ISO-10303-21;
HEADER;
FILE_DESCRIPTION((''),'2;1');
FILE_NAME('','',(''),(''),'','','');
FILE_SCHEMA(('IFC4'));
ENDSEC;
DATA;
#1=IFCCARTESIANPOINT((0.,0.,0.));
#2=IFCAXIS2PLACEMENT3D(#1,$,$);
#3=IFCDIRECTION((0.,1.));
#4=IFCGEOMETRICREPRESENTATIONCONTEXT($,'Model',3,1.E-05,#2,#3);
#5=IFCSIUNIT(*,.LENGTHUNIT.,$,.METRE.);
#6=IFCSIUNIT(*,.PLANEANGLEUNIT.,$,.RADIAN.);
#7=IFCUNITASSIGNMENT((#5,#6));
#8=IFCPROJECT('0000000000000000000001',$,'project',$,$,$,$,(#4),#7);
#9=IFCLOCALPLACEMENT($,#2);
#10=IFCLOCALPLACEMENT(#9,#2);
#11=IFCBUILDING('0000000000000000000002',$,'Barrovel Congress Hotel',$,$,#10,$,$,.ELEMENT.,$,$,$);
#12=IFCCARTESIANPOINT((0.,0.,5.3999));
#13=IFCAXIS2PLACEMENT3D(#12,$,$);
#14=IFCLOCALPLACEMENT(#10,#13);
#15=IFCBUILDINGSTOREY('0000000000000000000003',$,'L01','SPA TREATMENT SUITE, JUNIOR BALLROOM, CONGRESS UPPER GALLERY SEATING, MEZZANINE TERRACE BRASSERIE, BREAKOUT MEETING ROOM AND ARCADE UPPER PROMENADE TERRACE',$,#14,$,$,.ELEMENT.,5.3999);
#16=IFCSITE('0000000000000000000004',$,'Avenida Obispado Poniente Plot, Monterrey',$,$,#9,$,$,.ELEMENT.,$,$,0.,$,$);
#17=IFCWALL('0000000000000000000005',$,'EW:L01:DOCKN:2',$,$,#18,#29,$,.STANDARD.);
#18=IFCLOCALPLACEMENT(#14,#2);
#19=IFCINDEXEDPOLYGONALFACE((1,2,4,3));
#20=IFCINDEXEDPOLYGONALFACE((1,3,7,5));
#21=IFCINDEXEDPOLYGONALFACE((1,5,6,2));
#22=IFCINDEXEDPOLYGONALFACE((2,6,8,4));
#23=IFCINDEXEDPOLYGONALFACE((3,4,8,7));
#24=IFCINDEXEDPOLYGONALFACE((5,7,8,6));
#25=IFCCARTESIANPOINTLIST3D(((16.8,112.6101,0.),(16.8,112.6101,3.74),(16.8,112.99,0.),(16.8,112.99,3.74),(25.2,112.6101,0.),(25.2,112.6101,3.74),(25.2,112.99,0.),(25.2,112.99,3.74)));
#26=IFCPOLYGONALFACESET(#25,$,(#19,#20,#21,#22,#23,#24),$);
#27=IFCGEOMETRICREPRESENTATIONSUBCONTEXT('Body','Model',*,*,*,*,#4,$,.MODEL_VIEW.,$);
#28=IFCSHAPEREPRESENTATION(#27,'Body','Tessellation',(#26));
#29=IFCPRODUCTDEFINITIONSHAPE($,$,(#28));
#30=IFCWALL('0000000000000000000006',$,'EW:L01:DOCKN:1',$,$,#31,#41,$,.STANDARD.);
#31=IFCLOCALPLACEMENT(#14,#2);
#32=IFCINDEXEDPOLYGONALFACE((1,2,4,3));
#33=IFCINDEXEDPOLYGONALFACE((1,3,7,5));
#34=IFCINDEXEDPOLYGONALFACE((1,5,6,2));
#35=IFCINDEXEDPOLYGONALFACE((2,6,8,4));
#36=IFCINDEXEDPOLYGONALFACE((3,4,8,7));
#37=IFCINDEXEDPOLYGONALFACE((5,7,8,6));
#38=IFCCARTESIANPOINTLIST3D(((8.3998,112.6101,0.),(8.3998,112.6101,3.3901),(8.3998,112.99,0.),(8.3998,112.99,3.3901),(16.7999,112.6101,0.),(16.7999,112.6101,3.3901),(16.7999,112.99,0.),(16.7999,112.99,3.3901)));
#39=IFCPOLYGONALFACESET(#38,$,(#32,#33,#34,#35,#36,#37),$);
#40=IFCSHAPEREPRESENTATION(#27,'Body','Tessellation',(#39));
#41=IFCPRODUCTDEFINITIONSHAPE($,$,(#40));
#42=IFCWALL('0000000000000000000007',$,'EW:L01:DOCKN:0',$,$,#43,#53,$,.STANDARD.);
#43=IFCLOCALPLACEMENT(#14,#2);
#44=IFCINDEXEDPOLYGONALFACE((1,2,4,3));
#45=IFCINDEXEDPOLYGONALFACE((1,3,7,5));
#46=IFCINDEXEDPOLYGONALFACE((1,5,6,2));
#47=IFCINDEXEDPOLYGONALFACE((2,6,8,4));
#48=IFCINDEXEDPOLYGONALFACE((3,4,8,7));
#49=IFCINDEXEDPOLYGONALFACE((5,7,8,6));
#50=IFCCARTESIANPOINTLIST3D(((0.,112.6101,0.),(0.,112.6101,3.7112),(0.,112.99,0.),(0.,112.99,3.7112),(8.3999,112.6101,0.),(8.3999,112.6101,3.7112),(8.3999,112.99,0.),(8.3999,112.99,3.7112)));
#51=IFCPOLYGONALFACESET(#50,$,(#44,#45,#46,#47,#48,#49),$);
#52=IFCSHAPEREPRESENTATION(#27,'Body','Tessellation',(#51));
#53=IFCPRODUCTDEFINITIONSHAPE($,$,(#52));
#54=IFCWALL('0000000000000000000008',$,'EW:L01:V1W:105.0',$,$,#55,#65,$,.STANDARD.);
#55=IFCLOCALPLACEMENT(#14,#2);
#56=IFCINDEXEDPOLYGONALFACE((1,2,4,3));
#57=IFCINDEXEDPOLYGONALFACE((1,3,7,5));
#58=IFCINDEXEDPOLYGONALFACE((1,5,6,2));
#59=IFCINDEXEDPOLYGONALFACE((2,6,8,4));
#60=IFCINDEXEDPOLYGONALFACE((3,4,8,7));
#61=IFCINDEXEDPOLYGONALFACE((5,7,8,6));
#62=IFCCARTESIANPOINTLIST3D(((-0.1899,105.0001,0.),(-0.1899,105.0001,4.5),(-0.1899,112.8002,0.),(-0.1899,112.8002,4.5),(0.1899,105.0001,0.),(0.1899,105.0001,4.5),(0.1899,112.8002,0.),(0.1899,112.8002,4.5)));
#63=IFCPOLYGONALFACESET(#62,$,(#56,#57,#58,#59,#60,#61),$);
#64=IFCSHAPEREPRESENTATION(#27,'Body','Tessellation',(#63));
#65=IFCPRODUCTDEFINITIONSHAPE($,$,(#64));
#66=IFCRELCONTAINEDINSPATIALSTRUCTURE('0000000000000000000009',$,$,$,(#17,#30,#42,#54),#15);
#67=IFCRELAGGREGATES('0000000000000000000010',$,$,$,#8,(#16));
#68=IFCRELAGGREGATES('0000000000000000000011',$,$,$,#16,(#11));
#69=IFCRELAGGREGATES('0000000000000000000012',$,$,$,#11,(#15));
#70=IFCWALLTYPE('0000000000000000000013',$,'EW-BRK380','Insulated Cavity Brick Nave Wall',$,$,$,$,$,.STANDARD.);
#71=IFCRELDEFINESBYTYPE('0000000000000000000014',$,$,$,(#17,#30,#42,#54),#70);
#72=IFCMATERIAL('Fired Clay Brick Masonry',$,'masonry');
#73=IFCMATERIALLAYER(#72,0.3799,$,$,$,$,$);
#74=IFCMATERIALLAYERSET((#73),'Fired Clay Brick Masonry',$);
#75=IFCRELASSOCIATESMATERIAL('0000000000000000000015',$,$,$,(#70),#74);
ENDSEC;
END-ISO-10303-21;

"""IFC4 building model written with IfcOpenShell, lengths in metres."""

from ifc_helpers import new_model, si_unit, direction, frame, frame_2d, origin, place, context, subcontext, project, spatial, rectangle, extrude, material, layer, layer_set, type_object, element, save


model = new_model("IFC4")

# Units and contexts
model_context = context("Model", 3, precision=1e-05, world=origin(), true_north=direction((0.0, 1.0)))
body_context = subcontext(model_context, "Body", "Model", "MODEL_VIEW")
ifc_project = project(units=[si_unit("LENGTHUNIT", "METRE"), si_unit("PLANEANGLEUNIT", "RADIAN")], contexts=[model_context])

# Site, building, storey
site_placement = place(None, origin())
site = spatial("IfcSite", under=ifc_project, at=site_placement, Name="Avenida Obispado Poniente Plot, Monterrey", CompositionType="ELEMENT", RefElevation=0.0)
building_placement = place(site_placement, origin())
building = spatial("IfcBuilding", under=site, at=building_placement, Name="Barrovel Congress Hotel", CompositionType="ELEMENT")
storey_placement = place(building_placement, frame((0.0, 0.0, 5.3999)))
storey = spatial("IfcBuildingStorey", under=building, at=storey_placement, Name="L01", Description="SPA TREATMENT SUITE, JUNIOR BALLROOM, CONGRESS UPPER GALLERY SEATING, MEZZANINE TERRACE BRASSERIE, BREAKOUT MEETING ROOM AND ARCADE UPPER PROMENADE TERRACE", CompositionType="ELEMENT", Elevation=5.3999)

# Walls
ifc_material_1 = material(Name="Fired Clay Brick Masonry", Category="masonry")
ifc_layer_1 = layer(ifc_material_1, 0.3799)
ifc_layer_set_1 = layer_set([ifc_layer_1], Name="Fired Clay Brick Masonry")
wall_type = type_object("IfcWallType", Name="EW-BRK380", Description="Insulated Cavity Brick Nave Wall", PredefinedType="STANDARD", material=ifc_layer_set_1)
wall_1_placement = place(storey_placement, frame((25.2, 112.8, 0.0), z_axis=(0.0, 0.0, 1.0), x_axis=(-1.0, 0.0, 0.0)))
element("IfcWall", 1, at=wall_1_placement, inside=storey, type_object=wall_type, Name="EW:L01:DOCKN:2", PredefinedType="STANDARD", context=body_context, shape_type="SweptSolid", body=[
    extrude(rectangle(XDim=8.3999, YDim=0.3799, at=frame_2d((4.2, 0.0))), origin(), (0.0, 0.0, 1.0), 3.74),
])
wall_2_placement = place(storey_placement, frame((16.8, 112.8, 0.0), z_axis=(0.0, 0.0, 1.0), x_axis=(-1.0, 0.0, 0.0)))
element("IfcWall", 2, at=wall_2_placement, inside=storey, type_object=wall_type, Name="EW:L01:DOCKN:1", PredefinedType="STANDARD", context=body_context, shape_type="SweptSolid", body=[
    extrude(rectangle(XDim=8.4001, YDim=0.3799, at=frame_2d((4.2002, 0.0))), origin(), (0.0, 0.0, 1.0), 3.3901),
])
wall_3_placement = place(storey_placement, frame((8.3999, 112.8, 0.0), z_axis=(0.0, 0.0, 1.0), x_axis=(-1.0, 0.0, 0.0)))
element("IfcWall", 3, at=wall_3_placement, inside=storey, type_object=wall_type, Name="EW:L01:DOCKN:0", PredefinedType="STANDARD", context=body_context, shape_type="SweptSolid", body=[
    extrude(rectangle(XDim=8.3999, YDim=0.3799, at=frame_2d((4.2, 0.0))), origin(), (0.0, 0.0, 1.0), 3.7112),
])
wall_4_placement = place(storey_placement, frame((0.0, 112.8, 0.0), z_axis=(0.0, 0.0, 1.0), x_axis=(0.0, -1.0, 0.0)))
element("IfcWall", 4, at=wall_4_placement, inside=storey, type_object=wall_type, Name="EW:L01:V1W:105.0", PredefinedType="STANDARD", context=body_context, shape_type="SweptSolid", body=[
    extrude(rectangle(XDim=7.8, YDim=0.3799, at=frame_2d((3.8999, 0.0))), origin(), (0.0, 0.0, 1.0), 4.5),
])

save(model, "model.ifc")
